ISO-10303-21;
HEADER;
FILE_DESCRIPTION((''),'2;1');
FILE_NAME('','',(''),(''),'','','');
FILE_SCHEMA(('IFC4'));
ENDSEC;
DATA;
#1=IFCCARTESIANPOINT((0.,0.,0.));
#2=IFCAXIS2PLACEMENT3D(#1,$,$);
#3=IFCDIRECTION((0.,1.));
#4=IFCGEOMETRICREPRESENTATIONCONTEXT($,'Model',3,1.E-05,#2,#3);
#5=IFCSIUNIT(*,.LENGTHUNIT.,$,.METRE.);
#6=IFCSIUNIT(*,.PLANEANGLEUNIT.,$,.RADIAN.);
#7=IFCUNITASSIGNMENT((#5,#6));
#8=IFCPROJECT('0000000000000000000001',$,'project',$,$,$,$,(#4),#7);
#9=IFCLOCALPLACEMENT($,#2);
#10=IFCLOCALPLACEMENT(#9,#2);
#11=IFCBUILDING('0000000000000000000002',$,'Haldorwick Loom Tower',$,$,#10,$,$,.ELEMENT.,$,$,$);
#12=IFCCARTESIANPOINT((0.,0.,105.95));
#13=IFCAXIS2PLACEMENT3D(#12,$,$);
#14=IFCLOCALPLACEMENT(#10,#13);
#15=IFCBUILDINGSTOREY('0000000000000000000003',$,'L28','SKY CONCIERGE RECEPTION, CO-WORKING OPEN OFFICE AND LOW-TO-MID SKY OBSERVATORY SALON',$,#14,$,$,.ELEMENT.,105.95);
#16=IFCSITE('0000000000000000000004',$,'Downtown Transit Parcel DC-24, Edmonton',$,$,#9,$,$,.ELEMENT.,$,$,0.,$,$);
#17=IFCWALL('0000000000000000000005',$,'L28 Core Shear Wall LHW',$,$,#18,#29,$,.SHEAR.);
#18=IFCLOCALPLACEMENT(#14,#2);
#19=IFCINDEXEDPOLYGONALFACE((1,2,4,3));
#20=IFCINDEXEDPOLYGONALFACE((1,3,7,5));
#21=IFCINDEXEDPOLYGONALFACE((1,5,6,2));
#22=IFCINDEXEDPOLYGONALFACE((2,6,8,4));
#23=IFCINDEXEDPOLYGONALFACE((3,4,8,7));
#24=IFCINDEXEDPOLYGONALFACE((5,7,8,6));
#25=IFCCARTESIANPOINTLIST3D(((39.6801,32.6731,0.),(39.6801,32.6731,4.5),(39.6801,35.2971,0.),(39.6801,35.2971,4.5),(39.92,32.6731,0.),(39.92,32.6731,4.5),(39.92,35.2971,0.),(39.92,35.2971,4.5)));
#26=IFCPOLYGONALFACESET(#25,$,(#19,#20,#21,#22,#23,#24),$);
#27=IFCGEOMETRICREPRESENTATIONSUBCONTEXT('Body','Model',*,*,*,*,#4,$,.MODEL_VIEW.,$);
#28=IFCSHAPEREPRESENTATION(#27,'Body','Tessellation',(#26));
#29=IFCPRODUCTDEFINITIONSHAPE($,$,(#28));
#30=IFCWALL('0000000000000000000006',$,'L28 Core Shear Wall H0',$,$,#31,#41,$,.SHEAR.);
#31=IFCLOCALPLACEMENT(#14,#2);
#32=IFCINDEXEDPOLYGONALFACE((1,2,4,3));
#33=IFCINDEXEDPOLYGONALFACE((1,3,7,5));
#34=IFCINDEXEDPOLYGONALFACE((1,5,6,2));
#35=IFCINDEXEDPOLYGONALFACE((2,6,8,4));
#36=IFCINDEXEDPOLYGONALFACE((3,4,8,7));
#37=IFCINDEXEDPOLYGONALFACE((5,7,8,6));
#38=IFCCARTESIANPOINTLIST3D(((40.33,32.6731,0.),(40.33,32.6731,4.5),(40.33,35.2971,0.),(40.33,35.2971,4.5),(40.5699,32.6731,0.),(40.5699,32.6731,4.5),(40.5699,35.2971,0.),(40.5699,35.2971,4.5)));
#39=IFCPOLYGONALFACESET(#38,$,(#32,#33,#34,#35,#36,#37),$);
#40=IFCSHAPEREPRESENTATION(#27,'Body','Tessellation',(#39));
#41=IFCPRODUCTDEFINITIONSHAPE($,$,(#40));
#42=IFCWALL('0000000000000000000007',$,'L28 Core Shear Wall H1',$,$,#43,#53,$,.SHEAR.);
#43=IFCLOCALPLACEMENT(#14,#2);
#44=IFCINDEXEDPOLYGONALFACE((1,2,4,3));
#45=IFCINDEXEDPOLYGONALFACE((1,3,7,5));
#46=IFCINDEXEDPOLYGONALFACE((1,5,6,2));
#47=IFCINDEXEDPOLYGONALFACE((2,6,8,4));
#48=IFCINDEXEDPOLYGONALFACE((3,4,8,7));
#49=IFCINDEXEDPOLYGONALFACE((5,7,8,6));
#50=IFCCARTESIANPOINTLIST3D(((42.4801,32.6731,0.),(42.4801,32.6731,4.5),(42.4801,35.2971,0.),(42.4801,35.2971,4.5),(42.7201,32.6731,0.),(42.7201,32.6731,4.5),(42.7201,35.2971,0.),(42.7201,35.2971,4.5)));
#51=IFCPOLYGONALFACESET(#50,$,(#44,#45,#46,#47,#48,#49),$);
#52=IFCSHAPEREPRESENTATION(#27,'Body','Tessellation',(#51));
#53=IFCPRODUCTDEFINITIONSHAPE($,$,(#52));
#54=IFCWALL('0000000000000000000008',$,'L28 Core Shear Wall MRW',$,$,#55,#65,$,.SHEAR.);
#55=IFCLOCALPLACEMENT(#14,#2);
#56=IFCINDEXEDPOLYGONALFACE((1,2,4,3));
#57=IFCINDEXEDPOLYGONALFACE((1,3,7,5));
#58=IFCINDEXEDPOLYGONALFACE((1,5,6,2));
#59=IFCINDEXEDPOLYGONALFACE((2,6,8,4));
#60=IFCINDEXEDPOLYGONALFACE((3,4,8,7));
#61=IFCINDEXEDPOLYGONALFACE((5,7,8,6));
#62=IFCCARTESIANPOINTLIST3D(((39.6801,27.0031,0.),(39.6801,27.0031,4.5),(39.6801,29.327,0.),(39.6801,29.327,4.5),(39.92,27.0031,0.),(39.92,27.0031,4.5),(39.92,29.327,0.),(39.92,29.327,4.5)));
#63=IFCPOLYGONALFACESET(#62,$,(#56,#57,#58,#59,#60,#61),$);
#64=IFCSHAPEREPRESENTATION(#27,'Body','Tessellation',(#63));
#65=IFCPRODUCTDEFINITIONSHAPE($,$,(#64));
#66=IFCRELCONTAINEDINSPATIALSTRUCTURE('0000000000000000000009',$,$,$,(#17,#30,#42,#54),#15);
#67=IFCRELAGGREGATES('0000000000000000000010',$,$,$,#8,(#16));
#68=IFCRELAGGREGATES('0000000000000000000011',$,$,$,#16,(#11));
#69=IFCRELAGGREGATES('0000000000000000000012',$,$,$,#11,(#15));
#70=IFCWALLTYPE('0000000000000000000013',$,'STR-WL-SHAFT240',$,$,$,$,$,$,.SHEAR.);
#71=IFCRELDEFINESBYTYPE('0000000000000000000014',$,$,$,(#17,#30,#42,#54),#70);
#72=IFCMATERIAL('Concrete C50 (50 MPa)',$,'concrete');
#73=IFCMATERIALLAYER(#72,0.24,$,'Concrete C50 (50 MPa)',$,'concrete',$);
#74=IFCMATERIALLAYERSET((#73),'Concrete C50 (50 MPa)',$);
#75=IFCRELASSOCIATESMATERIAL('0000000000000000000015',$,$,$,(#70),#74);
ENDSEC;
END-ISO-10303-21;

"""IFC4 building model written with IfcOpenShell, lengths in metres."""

from ifc_helpers import new_model, si_unit, direction, frame, frame_2d, origin, place, context, subcontext, project, spatial, rectangle, extrude, material, layer, layer_set, type_object, element, save


model = new_model("IFC4")

# Units and contexts
model_context = context("Model", 3, precision=1e-05, world=origin(), true_north=direction((0.0, 1.0)))
body_context = subcontext(model_context, "Body", "Model", "MODEL_VIEW")
ifc_project = project(units=[si_unit("LENGTHUNIT", "METRE"), si_unit("PLANEANGLEUNIT", "RADIAN")], contexts=[model_context])

# Site, building, storey
site_placement = place(None, origin())
site = spatial("IfcSite", under=ifc_project, at=site_placement, Name="Downtown Transit Parcel DC-24, Edmonton", CompositionType="ELEMENT", RefElevation=0.0)
building_placement = place(site_placement, origin())
building = spatial("IfcBuilding", under=site, at=building_placement, Name="Haldorwick Loom Tower", CompositionType="ELEMENT")
storey_placement = place(building_placement, frame((0.0, 0.0, 105.95)))
storey = spatial("IfcBuildingStorey", under=building, at=storey_placement, Name="L28", Description="SKY CONCIERGE RECEPTION, CO-WORKING OPEN OFFICE AND LOW-TO-MID SKY OBSERVATORY SALON", CompositionType="ELEMENT", Elevation=105.95)

# Shared definitions
ifc_material_1 = material(Name="Concrete C50 (50 MPa)", Category="concrete")
ifc_layer_1 = layer(ifc_material_1, 0.24, Name="Concrete C50 (50 MPa)", Category="concrete")
ifc_layer_set_1 = layer_set([ifc_layer_1], Name="Concrete C50 (50 MPa)")
wall_type_1 = type_object("IfcWallType", Name="STR-WL-SHAFT240", PredefinedType="SHEAR", material=ifc_layer_set_1)

# Walls
for number, where, z_axis, x_axis, name in (
    (1, (39.8, 32.6731, 0.0), (0.0, 0.0, 1.0), (0.0, 1.0, 0.0), "L28 Core Shear Wall LHW"),
    (2, (40.45, 32.6731, 0.0), (0.0, 0.0, 1.0), (0.0, 1.0, 0.0), "L28 Core Shear Wall H0"),
    (3, (42.6001, 32.6731, 0.0), (0.0, 0.0, 1.0), (0.0, 1.0, 0.0), "L28 Core Shear Wall H1"),
):
    element("IfcWall", number, at=place(storey_placement, frame(where, z_axis=z_axis, x_axis=x_axis)), inside=storey, type_object=wall_type_1, Name=name, PredefinedType="SHEAR", context=body_context, shape_type="SweptSolid", body=[
        extrude(rectangle(XDim=2.624, YDim=0.24, at=frame_2d((1.312, 0.0))), origin(), (0.0, 0.0, 1.0), 4.5),
    ])
wall_1_placement = place(storey_placement, frame((39.8, 27.0029, 0.0), z_axis=(0.0, 0.0, 1.0), x_axis=(0.0, 1.0, 0.0)))
element("IfcWall", 4, at=wall_1_placement, inside=storey, type_object=wall_type_1, Name="L28 Core Shear Wall MRW", PredefinedType="SHEAR", context=body_context, shape_type="SweptSolid", body=[
    extrude(rectangle(XDim=2.324, YDim=0.24, at=frame_2d((1.1621, 0.0))), origin(), (0.0, 0.0, 1.0), 4.5),
])

save(model, "model.ifc")
